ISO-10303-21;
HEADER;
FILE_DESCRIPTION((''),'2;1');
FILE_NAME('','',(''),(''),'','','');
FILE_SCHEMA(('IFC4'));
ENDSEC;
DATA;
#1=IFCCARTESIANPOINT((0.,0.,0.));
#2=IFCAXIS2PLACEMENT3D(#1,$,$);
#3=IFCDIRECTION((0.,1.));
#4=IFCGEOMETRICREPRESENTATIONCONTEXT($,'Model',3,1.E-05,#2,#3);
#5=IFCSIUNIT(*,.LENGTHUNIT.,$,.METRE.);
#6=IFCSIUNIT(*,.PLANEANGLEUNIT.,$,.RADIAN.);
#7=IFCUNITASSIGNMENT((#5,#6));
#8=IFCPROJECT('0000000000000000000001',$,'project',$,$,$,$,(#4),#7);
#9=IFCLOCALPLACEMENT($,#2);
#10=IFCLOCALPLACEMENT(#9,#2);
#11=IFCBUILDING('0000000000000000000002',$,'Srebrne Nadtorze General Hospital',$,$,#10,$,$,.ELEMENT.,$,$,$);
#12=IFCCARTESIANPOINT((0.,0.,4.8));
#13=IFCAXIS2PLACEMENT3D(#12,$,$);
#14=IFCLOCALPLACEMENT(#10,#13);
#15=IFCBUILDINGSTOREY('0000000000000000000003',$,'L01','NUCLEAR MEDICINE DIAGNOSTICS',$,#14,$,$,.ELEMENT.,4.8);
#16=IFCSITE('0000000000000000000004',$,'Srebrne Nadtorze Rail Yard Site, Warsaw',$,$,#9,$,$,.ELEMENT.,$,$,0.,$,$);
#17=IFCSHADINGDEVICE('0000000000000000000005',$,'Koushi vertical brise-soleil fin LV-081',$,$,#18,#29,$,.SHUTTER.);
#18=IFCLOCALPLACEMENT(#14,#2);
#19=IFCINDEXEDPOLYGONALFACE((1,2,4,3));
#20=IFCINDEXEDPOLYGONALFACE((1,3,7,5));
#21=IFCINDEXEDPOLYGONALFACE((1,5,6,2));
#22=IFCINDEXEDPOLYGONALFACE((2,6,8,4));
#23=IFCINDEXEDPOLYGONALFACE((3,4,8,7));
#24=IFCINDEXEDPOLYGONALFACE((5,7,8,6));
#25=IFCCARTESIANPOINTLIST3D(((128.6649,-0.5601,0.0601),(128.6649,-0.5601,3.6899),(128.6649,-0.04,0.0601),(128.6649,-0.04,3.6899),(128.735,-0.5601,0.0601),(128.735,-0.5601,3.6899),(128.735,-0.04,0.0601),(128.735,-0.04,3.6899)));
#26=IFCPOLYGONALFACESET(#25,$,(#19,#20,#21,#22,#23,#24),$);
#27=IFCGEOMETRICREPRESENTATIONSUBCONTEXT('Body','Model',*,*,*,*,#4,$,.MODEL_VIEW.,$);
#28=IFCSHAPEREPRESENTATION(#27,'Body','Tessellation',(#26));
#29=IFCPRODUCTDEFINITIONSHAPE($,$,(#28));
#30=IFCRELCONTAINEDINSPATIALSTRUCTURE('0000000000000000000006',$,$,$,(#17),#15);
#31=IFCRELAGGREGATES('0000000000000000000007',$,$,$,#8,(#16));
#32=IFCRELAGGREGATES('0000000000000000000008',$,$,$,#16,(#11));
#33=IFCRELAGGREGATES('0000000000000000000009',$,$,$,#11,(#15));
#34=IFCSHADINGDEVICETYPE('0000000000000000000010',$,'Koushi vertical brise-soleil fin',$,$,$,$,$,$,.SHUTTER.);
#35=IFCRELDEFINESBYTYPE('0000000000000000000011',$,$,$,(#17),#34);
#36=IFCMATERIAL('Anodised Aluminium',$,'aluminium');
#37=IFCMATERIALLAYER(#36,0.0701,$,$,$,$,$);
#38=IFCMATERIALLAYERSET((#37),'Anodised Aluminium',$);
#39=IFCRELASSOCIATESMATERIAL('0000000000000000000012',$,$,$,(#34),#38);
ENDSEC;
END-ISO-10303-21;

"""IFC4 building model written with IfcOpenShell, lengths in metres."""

from ifc_helpers import new_model, si_unit, direction, frame, origin, origin_2d, place, context, subcontext, project, spatial, rectangle, extrude, material, layer, layer_set, type_object, element, save


model = new_model("IFC4")

# Units and contexts
model_context = context("Model", 3, precision=1e-05, world=origin(), true_north=direction((0.0, 1.0)))
body_context = subcontext(model_context, "Body", "Model", "MODEL_VIEW")
ifc_project = project(units=[si_unit("LENGTHUNIT", "METRE"), si_unit("PLANEANGLEUNIT", "RADIAN")], contexts=[model_context])

# Site, building, storey
site_placement = place(None, origin())
site = spatial("IfcSite", under=ifc_project, at=site_placement, Name="Srebrne Nadtorze Rail Yard Site, Warsaw", CompositionType="ELEMENT", RefElevation=0.0)
building_placement = place(site_placement, origin())
building = spatial("IfcBuilding", under=site, at=building_placement, Name="Srebrne Nadtorze General Hospital", CompositionType="ELEMENT")
storey_placement = place(building_placement, frame((0.0, 0.0, 4.8)))
storey = spatial("IfcBuildingStorey", under=building, at=storey_placement, Name="L01", Description="NUCLEAR MEDICINE DIAGNOSTICS", CompositionType="ELEMENT", Elevation=4.8)

# Shading device
ifc_material_1 = material(Name="Anodised Aluminium", Category="aluminium")
ifc_layer_1 = layer(ifc_material_1, 0.0701)
ifc_layer_set_1 = layer_set([ifc_layer_1], Name="Anodised Aluminium")
shading_device_type = type_object("IfcShadingDeviceType", Name="Koushi vertical brise-soleil fin", PredefinedType="SHUTTER", material=ifc_layer_set_1)
for number, where, z_axis, x_axis, name in (
    (1, (128.7, -0.3, 0.0601), (0.0, 0.0, 1.0), (1.0, 0.0, 0.0), "Koushi vertical brise-soleil fin LV-081"),
):
    element("IfcShadingDevice", number, at=place(storey_placement, frame(where, z_axis=z_axis, x_axis=x_axis)), inside=storey, type_object=shading_device_type, Name=name, PredefinedType="SHUTTER", context=body_context, shape_type="SweptSolid", body=[
        extrude(rectangle(XDim=0.0701, YDim=0.52, at=origin_2d()), origin(), (0.0, 0.0, 1.0), 3.6299),
    ])

save(model, "model.ifc")
